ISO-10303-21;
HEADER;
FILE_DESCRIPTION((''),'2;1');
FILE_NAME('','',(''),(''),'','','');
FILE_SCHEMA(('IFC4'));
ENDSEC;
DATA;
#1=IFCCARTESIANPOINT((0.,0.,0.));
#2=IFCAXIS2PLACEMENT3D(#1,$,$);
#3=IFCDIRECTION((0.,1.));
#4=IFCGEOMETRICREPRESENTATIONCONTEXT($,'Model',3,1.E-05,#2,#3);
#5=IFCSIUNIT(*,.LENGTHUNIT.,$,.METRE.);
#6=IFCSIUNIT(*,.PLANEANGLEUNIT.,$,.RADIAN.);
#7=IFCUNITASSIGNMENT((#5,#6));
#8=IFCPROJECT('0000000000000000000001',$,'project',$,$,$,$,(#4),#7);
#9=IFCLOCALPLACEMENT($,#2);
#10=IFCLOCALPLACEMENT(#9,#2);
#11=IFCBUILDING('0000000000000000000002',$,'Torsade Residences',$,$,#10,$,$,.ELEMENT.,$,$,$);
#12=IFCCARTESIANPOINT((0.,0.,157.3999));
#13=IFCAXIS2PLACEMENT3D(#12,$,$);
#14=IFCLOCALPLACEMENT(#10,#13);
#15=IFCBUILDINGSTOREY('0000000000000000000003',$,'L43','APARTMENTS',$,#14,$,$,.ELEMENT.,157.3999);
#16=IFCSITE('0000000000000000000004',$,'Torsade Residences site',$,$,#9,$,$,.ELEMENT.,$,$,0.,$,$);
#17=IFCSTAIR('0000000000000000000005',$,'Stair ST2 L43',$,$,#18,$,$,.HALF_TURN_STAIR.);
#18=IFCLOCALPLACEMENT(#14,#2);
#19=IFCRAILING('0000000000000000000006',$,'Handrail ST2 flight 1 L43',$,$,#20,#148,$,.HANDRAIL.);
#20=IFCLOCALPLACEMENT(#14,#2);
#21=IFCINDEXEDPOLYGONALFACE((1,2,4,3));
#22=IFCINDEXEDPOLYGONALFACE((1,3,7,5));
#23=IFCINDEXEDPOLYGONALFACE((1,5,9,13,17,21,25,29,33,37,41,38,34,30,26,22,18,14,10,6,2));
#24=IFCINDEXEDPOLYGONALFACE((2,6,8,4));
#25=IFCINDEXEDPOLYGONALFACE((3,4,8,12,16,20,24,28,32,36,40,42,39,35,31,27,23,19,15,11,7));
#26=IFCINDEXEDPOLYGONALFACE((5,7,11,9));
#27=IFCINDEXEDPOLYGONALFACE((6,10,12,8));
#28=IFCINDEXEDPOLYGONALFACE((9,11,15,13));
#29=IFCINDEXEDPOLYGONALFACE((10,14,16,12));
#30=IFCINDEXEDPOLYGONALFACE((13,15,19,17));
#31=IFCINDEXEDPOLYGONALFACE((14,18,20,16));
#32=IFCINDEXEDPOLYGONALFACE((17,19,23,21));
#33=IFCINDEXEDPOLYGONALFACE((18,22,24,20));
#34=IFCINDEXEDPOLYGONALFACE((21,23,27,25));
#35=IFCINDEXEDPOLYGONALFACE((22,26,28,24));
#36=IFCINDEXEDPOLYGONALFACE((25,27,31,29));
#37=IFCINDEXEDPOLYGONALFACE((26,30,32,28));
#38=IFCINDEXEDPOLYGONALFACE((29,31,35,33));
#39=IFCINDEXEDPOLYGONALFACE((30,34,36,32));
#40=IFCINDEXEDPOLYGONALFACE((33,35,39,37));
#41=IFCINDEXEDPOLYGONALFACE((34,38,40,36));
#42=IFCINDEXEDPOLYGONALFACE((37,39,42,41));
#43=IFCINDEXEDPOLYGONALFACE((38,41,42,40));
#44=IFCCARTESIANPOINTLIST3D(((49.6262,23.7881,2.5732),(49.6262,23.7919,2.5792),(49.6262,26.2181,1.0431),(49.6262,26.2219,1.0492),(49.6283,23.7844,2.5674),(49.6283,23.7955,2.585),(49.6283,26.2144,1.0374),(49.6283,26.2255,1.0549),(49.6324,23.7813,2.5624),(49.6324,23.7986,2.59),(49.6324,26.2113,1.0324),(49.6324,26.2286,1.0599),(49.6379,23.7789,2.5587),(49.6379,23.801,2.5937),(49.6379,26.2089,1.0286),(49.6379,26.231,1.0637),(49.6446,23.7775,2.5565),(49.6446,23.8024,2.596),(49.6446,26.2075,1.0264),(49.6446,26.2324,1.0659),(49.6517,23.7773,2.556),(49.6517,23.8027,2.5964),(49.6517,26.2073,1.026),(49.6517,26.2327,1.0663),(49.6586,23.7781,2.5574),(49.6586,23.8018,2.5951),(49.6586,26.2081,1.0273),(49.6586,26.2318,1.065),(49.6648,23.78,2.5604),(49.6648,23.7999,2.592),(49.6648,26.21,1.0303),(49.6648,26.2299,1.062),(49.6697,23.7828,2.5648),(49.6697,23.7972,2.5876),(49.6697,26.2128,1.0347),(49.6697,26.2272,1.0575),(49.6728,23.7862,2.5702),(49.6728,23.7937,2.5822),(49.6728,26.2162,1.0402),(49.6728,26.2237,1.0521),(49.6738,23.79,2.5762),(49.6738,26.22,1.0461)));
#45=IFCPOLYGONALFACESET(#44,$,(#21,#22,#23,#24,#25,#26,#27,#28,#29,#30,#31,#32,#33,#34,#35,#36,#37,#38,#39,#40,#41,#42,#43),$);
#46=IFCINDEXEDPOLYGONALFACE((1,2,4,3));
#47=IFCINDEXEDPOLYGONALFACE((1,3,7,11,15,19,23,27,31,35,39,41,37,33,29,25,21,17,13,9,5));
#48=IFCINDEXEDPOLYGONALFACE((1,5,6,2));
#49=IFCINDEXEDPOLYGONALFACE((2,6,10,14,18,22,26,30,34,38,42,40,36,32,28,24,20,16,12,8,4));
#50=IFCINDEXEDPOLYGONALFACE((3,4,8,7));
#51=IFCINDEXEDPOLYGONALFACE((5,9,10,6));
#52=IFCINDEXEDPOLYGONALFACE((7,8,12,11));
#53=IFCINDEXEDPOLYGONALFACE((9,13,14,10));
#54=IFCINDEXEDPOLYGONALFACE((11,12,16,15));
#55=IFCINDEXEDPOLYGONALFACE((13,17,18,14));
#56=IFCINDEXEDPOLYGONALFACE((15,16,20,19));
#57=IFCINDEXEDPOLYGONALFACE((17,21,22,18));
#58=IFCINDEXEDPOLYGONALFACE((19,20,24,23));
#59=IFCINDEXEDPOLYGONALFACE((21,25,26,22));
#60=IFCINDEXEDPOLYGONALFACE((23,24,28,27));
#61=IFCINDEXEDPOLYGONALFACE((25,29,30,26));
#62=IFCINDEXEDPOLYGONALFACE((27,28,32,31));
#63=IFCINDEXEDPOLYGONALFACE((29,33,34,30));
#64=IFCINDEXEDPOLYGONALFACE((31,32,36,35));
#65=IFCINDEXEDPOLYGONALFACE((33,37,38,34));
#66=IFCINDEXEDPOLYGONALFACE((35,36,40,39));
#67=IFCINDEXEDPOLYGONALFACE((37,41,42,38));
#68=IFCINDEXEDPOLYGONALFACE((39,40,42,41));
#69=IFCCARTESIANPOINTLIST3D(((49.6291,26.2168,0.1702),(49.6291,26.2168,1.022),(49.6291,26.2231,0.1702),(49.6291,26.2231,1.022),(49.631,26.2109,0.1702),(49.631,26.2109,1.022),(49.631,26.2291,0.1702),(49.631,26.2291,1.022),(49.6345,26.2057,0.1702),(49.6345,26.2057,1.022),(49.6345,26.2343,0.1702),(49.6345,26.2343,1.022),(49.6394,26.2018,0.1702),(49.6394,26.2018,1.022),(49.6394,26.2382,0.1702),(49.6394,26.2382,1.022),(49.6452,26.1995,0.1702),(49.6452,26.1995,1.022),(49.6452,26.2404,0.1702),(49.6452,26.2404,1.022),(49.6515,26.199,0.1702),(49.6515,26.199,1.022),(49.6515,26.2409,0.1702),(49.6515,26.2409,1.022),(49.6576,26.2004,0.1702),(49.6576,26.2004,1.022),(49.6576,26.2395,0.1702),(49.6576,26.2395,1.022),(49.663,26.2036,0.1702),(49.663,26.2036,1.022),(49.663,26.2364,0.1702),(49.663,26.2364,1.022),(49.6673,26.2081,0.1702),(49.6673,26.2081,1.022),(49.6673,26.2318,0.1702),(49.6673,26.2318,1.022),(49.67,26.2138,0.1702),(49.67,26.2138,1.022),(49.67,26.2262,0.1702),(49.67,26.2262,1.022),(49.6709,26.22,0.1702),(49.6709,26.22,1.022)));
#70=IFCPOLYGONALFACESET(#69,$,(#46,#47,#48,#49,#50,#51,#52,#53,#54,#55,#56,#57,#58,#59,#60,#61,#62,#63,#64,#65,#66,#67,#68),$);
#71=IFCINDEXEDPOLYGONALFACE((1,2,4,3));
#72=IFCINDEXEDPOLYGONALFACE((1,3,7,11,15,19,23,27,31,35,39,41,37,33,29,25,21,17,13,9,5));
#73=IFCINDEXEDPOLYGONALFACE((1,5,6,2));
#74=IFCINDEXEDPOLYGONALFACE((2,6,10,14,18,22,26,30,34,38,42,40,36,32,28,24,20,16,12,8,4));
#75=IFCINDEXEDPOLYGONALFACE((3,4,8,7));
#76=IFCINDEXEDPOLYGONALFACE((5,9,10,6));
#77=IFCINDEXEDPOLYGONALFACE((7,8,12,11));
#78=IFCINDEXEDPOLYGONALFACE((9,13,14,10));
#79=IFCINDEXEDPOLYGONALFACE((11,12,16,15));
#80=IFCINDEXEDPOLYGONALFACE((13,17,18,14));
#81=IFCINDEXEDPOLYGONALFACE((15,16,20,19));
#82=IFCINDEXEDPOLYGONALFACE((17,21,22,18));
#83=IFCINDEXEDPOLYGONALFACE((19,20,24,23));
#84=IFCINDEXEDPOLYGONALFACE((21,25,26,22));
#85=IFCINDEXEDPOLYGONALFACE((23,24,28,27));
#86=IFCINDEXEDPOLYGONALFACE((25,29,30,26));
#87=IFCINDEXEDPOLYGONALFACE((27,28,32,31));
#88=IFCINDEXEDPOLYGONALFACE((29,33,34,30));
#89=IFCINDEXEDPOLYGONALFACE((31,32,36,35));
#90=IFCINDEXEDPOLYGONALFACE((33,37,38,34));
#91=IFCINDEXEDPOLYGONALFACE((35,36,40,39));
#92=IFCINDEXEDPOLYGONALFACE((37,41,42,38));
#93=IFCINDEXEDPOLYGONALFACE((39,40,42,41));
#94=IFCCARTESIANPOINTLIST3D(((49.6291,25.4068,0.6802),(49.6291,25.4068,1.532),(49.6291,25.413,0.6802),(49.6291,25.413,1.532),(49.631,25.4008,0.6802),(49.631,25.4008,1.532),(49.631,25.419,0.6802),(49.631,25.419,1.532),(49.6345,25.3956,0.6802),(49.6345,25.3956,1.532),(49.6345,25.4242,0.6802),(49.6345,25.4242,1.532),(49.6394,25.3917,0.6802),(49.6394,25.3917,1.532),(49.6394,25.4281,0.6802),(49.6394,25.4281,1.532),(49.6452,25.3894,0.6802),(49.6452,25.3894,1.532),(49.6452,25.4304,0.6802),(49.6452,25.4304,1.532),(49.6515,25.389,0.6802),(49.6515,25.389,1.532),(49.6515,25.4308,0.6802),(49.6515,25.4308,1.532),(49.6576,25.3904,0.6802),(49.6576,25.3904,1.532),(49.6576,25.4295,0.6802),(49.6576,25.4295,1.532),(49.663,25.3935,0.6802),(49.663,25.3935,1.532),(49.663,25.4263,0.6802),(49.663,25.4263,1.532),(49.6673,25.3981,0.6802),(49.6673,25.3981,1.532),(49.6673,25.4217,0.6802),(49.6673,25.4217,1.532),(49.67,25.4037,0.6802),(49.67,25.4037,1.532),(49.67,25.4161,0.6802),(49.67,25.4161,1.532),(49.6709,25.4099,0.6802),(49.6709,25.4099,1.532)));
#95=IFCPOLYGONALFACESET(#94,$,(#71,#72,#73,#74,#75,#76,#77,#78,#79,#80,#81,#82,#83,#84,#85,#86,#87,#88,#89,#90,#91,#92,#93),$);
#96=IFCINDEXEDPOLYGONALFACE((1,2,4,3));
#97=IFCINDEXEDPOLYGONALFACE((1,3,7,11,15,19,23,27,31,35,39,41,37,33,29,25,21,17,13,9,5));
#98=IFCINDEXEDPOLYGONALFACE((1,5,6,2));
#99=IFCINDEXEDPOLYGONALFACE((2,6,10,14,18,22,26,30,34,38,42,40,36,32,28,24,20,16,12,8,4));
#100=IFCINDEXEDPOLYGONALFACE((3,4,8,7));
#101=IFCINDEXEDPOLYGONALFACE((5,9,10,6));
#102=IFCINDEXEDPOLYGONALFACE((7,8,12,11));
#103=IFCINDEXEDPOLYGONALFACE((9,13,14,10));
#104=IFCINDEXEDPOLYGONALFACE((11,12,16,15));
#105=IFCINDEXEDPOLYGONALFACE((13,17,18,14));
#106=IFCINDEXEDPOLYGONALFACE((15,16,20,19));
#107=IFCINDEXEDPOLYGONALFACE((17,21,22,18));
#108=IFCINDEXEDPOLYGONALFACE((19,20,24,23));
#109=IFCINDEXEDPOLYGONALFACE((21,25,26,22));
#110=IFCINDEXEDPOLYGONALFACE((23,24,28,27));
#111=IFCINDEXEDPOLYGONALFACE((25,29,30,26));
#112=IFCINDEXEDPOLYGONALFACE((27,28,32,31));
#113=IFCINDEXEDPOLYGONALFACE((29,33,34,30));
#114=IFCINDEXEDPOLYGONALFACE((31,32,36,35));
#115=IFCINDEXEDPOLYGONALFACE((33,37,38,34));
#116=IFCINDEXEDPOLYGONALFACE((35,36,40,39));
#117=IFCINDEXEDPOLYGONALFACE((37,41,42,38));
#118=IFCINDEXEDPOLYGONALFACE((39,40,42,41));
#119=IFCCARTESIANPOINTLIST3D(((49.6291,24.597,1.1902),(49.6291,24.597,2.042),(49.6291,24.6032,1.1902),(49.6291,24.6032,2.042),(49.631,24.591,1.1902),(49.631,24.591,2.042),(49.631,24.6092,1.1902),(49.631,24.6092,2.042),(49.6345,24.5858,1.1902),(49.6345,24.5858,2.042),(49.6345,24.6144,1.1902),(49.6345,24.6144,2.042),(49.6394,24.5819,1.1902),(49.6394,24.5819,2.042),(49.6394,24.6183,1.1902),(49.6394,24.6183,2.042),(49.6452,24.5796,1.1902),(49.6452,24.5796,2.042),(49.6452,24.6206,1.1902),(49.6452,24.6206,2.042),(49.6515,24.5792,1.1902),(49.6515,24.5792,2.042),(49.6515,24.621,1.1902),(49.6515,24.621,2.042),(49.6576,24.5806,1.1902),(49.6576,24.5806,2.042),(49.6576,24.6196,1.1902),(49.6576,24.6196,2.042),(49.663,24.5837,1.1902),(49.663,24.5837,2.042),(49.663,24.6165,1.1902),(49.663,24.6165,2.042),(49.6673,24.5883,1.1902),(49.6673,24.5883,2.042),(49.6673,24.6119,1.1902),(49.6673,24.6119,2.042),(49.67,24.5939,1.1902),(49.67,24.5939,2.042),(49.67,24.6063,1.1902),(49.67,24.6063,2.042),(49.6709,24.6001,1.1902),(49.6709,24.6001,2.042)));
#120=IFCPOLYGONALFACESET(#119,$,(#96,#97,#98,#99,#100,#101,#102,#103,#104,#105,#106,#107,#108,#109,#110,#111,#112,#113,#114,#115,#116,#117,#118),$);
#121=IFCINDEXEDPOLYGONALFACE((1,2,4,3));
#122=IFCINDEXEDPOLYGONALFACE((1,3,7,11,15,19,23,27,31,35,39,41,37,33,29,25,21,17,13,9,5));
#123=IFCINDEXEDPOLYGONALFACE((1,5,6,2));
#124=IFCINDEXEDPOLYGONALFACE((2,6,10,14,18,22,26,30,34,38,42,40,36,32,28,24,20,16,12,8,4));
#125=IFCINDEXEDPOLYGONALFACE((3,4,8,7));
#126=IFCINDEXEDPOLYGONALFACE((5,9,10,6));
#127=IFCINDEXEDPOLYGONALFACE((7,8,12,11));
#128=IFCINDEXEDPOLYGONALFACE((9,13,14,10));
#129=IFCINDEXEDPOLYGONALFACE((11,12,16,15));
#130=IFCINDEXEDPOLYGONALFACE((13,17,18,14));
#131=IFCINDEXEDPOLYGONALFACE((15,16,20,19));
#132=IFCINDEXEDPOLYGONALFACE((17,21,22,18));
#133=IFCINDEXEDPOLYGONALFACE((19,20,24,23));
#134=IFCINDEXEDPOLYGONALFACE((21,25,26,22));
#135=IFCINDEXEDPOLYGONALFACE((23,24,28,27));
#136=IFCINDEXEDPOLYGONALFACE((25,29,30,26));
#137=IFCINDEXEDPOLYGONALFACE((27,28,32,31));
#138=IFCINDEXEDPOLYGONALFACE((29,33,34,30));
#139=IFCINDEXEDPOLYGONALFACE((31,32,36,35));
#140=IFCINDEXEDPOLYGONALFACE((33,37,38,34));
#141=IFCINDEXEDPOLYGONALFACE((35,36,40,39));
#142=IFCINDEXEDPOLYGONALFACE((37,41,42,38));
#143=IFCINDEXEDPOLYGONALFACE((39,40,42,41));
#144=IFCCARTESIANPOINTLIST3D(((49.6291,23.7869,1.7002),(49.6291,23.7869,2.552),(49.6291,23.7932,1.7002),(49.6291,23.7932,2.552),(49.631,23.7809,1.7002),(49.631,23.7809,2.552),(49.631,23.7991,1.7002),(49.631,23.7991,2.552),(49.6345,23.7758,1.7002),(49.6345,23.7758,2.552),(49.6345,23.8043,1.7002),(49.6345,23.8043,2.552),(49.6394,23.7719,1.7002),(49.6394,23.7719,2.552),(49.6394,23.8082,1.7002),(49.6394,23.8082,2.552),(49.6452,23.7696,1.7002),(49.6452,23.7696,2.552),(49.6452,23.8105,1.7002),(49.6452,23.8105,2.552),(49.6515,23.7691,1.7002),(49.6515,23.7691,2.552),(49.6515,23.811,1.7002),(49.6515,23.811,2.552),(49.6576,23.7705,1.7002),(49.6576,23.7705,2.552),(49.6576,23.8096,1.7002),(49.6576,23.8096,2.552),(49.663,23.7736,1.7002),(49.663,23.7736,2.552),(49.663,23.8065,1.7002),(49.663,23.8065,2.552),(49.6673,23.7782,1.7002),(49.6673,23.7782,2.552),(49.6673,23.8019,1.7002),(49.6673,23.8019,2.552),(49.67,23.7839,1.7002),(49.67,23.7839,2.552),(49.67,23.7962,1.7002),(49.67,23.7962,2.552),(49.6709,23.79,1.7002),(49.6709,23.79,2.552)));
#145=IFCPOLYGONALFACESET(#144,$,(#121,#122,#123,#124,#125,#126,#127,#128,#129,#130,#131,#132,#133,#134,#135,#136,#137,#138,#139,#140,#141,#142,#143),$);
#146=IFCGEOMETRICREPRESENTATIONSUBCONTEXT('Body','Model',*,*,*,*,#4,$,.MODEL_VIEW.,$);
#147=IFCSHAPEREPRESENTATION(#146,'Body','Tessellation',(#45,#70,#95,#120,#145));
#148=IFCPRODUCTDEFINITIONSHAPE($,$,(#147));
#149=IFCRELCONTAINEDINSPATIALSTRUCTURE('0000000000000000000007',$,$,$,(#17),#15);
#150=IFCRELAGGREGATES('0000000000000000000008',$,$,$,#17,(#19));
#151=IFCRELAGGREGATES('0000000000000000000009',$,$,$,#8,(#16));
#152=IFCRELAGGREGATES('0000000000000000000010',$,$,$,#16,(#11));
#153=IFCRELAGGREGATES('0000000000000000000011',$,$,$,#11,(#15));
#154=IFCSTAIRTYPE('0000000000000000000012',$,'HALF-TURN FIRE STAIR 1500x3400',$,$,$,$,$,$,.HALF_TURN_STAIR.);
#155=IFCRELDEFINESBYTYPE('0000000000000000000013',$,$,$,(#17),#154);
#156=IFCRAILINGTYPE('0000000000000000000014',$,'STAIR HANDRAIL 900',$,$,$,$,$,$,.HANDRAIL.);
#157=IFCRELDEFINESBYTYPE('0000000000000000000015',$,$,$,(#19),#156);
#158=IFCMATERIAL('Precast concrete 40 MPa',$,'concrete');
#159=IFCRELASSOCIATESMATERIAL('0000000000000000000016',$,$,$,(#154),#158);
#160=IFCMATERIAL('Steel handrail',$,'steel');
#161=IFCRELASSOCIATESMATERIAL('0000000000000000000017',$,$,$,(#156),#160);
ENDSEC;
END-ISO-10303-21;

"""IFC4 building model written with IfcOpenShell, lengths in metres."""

from ifc_helpers import new_model, si_unit, direction, frame, origin, origin_2d, place, context, subcontext, project, spatial, circle, extrude, material, type_object, element, aggregate, save


model = new_model("IFC4")

# Units and contexts
model_context = context("Model", 3, precision=1e-05, world=origin(), true_north=direction((0.0, 1.0)))
body_context = subcontext(model_context, "Body", "Model", "MODEL_VIEW")
ifc_project = project(units=[si_unit("LENGTHUNIT", "METRE"), si_unit("PLANEANGLEUNIT", "RADIAN")], contexts=[model_context])

# Site, building, storey
site_placement = place(None, origin())
site = spatial("IfcSite", under=ifc_project, at=site_placement, Name="Torsade Residences site", CompositionType="ELEMENT", RefElevation=0.0)
building_placement = place(site_placement, origin())
building = spatial("IfcBuilding", under=site, at=building_placement, Name="Torsade Residences", CompositionType="ELEMENT")
storey_placement = place(building_placement, frame((0.0, 0.0, 157.3999)))
storey = spatial("IfcBuildingStorey", under=building, at=storey_placement, Name="L43", Description="APARTMENTS", CompositionType="ELEMENT", Elevation=157.3999)

# Stair, railing
ifc_material_1 = material(Name="Precast concrete 40 MPa", Category="concrete")
stair_type = type_object("IfcStairType", Name="HALF-TURN FIRE STAIR 1500x3400", PredefinedType="HALF_TURN_STAIR", material=ifc_material_1)
stair_placement = place(storey_placement, origin())
stair = element("IfcStair", 1, at=stair_placement, inside=storey, type_object=stair_type, Name="Stair ST2 L43", PredefinedType="HALF_TURN_STAIR")
ifc_material_2 = material(Name="Steel handrail", Category="steel")
railing_type = type_object("IfcRailingType", Name="STAIR HANDRAIL 900", PredefinedType="HANDRAIL", material=ifc_material_2)
railing_1_placement = place(storey_placement, frame((49.6499, 26.22, 0.1702)))
railing_1 = element("IfcRailing", 2, at=railing_1_placement, type_object=railing_type, Name="Handrail ST2 flight 1 L43", PredefinedType="HANDRAIL", context=body_context, shape_type="SweptSolid", body=[
    extrude(circle(Radius=0.0239, at=origin_2d()), frame((0.0, 0.0, 0.876), z_axis=(0.0, -0.846221, 0.532831), x_axis=(1.0, 0.0, 0.0)), (0.0, 0.0, 1.0), 2.8716),
    extrude(circle(Radius=0.021, at=origin_2d()), origin(), (0.0, 0.0, 1.0), 0.8518),
    extrude(circle(Radius=0.021, at=origin_2d()), frame((0.0, -0.8101, 0.51)), (0.0, 0.0, 1.0), 0.8518),
    extrude(circle(Radius=0.021, at=origin_2d()), frame((0.0, -1.6199, 1.02)), (0.0, 0.0, 1.0), 0.8518),
    extrude(circle(Radius=0.021, at=origin_2d()), frame((0.0, -2.4299, 1.53)), (0.0, 0.0, 1.0), 0.8518),
])
aggregate(stair, [railing_1])

save(model, "model.ifc")
